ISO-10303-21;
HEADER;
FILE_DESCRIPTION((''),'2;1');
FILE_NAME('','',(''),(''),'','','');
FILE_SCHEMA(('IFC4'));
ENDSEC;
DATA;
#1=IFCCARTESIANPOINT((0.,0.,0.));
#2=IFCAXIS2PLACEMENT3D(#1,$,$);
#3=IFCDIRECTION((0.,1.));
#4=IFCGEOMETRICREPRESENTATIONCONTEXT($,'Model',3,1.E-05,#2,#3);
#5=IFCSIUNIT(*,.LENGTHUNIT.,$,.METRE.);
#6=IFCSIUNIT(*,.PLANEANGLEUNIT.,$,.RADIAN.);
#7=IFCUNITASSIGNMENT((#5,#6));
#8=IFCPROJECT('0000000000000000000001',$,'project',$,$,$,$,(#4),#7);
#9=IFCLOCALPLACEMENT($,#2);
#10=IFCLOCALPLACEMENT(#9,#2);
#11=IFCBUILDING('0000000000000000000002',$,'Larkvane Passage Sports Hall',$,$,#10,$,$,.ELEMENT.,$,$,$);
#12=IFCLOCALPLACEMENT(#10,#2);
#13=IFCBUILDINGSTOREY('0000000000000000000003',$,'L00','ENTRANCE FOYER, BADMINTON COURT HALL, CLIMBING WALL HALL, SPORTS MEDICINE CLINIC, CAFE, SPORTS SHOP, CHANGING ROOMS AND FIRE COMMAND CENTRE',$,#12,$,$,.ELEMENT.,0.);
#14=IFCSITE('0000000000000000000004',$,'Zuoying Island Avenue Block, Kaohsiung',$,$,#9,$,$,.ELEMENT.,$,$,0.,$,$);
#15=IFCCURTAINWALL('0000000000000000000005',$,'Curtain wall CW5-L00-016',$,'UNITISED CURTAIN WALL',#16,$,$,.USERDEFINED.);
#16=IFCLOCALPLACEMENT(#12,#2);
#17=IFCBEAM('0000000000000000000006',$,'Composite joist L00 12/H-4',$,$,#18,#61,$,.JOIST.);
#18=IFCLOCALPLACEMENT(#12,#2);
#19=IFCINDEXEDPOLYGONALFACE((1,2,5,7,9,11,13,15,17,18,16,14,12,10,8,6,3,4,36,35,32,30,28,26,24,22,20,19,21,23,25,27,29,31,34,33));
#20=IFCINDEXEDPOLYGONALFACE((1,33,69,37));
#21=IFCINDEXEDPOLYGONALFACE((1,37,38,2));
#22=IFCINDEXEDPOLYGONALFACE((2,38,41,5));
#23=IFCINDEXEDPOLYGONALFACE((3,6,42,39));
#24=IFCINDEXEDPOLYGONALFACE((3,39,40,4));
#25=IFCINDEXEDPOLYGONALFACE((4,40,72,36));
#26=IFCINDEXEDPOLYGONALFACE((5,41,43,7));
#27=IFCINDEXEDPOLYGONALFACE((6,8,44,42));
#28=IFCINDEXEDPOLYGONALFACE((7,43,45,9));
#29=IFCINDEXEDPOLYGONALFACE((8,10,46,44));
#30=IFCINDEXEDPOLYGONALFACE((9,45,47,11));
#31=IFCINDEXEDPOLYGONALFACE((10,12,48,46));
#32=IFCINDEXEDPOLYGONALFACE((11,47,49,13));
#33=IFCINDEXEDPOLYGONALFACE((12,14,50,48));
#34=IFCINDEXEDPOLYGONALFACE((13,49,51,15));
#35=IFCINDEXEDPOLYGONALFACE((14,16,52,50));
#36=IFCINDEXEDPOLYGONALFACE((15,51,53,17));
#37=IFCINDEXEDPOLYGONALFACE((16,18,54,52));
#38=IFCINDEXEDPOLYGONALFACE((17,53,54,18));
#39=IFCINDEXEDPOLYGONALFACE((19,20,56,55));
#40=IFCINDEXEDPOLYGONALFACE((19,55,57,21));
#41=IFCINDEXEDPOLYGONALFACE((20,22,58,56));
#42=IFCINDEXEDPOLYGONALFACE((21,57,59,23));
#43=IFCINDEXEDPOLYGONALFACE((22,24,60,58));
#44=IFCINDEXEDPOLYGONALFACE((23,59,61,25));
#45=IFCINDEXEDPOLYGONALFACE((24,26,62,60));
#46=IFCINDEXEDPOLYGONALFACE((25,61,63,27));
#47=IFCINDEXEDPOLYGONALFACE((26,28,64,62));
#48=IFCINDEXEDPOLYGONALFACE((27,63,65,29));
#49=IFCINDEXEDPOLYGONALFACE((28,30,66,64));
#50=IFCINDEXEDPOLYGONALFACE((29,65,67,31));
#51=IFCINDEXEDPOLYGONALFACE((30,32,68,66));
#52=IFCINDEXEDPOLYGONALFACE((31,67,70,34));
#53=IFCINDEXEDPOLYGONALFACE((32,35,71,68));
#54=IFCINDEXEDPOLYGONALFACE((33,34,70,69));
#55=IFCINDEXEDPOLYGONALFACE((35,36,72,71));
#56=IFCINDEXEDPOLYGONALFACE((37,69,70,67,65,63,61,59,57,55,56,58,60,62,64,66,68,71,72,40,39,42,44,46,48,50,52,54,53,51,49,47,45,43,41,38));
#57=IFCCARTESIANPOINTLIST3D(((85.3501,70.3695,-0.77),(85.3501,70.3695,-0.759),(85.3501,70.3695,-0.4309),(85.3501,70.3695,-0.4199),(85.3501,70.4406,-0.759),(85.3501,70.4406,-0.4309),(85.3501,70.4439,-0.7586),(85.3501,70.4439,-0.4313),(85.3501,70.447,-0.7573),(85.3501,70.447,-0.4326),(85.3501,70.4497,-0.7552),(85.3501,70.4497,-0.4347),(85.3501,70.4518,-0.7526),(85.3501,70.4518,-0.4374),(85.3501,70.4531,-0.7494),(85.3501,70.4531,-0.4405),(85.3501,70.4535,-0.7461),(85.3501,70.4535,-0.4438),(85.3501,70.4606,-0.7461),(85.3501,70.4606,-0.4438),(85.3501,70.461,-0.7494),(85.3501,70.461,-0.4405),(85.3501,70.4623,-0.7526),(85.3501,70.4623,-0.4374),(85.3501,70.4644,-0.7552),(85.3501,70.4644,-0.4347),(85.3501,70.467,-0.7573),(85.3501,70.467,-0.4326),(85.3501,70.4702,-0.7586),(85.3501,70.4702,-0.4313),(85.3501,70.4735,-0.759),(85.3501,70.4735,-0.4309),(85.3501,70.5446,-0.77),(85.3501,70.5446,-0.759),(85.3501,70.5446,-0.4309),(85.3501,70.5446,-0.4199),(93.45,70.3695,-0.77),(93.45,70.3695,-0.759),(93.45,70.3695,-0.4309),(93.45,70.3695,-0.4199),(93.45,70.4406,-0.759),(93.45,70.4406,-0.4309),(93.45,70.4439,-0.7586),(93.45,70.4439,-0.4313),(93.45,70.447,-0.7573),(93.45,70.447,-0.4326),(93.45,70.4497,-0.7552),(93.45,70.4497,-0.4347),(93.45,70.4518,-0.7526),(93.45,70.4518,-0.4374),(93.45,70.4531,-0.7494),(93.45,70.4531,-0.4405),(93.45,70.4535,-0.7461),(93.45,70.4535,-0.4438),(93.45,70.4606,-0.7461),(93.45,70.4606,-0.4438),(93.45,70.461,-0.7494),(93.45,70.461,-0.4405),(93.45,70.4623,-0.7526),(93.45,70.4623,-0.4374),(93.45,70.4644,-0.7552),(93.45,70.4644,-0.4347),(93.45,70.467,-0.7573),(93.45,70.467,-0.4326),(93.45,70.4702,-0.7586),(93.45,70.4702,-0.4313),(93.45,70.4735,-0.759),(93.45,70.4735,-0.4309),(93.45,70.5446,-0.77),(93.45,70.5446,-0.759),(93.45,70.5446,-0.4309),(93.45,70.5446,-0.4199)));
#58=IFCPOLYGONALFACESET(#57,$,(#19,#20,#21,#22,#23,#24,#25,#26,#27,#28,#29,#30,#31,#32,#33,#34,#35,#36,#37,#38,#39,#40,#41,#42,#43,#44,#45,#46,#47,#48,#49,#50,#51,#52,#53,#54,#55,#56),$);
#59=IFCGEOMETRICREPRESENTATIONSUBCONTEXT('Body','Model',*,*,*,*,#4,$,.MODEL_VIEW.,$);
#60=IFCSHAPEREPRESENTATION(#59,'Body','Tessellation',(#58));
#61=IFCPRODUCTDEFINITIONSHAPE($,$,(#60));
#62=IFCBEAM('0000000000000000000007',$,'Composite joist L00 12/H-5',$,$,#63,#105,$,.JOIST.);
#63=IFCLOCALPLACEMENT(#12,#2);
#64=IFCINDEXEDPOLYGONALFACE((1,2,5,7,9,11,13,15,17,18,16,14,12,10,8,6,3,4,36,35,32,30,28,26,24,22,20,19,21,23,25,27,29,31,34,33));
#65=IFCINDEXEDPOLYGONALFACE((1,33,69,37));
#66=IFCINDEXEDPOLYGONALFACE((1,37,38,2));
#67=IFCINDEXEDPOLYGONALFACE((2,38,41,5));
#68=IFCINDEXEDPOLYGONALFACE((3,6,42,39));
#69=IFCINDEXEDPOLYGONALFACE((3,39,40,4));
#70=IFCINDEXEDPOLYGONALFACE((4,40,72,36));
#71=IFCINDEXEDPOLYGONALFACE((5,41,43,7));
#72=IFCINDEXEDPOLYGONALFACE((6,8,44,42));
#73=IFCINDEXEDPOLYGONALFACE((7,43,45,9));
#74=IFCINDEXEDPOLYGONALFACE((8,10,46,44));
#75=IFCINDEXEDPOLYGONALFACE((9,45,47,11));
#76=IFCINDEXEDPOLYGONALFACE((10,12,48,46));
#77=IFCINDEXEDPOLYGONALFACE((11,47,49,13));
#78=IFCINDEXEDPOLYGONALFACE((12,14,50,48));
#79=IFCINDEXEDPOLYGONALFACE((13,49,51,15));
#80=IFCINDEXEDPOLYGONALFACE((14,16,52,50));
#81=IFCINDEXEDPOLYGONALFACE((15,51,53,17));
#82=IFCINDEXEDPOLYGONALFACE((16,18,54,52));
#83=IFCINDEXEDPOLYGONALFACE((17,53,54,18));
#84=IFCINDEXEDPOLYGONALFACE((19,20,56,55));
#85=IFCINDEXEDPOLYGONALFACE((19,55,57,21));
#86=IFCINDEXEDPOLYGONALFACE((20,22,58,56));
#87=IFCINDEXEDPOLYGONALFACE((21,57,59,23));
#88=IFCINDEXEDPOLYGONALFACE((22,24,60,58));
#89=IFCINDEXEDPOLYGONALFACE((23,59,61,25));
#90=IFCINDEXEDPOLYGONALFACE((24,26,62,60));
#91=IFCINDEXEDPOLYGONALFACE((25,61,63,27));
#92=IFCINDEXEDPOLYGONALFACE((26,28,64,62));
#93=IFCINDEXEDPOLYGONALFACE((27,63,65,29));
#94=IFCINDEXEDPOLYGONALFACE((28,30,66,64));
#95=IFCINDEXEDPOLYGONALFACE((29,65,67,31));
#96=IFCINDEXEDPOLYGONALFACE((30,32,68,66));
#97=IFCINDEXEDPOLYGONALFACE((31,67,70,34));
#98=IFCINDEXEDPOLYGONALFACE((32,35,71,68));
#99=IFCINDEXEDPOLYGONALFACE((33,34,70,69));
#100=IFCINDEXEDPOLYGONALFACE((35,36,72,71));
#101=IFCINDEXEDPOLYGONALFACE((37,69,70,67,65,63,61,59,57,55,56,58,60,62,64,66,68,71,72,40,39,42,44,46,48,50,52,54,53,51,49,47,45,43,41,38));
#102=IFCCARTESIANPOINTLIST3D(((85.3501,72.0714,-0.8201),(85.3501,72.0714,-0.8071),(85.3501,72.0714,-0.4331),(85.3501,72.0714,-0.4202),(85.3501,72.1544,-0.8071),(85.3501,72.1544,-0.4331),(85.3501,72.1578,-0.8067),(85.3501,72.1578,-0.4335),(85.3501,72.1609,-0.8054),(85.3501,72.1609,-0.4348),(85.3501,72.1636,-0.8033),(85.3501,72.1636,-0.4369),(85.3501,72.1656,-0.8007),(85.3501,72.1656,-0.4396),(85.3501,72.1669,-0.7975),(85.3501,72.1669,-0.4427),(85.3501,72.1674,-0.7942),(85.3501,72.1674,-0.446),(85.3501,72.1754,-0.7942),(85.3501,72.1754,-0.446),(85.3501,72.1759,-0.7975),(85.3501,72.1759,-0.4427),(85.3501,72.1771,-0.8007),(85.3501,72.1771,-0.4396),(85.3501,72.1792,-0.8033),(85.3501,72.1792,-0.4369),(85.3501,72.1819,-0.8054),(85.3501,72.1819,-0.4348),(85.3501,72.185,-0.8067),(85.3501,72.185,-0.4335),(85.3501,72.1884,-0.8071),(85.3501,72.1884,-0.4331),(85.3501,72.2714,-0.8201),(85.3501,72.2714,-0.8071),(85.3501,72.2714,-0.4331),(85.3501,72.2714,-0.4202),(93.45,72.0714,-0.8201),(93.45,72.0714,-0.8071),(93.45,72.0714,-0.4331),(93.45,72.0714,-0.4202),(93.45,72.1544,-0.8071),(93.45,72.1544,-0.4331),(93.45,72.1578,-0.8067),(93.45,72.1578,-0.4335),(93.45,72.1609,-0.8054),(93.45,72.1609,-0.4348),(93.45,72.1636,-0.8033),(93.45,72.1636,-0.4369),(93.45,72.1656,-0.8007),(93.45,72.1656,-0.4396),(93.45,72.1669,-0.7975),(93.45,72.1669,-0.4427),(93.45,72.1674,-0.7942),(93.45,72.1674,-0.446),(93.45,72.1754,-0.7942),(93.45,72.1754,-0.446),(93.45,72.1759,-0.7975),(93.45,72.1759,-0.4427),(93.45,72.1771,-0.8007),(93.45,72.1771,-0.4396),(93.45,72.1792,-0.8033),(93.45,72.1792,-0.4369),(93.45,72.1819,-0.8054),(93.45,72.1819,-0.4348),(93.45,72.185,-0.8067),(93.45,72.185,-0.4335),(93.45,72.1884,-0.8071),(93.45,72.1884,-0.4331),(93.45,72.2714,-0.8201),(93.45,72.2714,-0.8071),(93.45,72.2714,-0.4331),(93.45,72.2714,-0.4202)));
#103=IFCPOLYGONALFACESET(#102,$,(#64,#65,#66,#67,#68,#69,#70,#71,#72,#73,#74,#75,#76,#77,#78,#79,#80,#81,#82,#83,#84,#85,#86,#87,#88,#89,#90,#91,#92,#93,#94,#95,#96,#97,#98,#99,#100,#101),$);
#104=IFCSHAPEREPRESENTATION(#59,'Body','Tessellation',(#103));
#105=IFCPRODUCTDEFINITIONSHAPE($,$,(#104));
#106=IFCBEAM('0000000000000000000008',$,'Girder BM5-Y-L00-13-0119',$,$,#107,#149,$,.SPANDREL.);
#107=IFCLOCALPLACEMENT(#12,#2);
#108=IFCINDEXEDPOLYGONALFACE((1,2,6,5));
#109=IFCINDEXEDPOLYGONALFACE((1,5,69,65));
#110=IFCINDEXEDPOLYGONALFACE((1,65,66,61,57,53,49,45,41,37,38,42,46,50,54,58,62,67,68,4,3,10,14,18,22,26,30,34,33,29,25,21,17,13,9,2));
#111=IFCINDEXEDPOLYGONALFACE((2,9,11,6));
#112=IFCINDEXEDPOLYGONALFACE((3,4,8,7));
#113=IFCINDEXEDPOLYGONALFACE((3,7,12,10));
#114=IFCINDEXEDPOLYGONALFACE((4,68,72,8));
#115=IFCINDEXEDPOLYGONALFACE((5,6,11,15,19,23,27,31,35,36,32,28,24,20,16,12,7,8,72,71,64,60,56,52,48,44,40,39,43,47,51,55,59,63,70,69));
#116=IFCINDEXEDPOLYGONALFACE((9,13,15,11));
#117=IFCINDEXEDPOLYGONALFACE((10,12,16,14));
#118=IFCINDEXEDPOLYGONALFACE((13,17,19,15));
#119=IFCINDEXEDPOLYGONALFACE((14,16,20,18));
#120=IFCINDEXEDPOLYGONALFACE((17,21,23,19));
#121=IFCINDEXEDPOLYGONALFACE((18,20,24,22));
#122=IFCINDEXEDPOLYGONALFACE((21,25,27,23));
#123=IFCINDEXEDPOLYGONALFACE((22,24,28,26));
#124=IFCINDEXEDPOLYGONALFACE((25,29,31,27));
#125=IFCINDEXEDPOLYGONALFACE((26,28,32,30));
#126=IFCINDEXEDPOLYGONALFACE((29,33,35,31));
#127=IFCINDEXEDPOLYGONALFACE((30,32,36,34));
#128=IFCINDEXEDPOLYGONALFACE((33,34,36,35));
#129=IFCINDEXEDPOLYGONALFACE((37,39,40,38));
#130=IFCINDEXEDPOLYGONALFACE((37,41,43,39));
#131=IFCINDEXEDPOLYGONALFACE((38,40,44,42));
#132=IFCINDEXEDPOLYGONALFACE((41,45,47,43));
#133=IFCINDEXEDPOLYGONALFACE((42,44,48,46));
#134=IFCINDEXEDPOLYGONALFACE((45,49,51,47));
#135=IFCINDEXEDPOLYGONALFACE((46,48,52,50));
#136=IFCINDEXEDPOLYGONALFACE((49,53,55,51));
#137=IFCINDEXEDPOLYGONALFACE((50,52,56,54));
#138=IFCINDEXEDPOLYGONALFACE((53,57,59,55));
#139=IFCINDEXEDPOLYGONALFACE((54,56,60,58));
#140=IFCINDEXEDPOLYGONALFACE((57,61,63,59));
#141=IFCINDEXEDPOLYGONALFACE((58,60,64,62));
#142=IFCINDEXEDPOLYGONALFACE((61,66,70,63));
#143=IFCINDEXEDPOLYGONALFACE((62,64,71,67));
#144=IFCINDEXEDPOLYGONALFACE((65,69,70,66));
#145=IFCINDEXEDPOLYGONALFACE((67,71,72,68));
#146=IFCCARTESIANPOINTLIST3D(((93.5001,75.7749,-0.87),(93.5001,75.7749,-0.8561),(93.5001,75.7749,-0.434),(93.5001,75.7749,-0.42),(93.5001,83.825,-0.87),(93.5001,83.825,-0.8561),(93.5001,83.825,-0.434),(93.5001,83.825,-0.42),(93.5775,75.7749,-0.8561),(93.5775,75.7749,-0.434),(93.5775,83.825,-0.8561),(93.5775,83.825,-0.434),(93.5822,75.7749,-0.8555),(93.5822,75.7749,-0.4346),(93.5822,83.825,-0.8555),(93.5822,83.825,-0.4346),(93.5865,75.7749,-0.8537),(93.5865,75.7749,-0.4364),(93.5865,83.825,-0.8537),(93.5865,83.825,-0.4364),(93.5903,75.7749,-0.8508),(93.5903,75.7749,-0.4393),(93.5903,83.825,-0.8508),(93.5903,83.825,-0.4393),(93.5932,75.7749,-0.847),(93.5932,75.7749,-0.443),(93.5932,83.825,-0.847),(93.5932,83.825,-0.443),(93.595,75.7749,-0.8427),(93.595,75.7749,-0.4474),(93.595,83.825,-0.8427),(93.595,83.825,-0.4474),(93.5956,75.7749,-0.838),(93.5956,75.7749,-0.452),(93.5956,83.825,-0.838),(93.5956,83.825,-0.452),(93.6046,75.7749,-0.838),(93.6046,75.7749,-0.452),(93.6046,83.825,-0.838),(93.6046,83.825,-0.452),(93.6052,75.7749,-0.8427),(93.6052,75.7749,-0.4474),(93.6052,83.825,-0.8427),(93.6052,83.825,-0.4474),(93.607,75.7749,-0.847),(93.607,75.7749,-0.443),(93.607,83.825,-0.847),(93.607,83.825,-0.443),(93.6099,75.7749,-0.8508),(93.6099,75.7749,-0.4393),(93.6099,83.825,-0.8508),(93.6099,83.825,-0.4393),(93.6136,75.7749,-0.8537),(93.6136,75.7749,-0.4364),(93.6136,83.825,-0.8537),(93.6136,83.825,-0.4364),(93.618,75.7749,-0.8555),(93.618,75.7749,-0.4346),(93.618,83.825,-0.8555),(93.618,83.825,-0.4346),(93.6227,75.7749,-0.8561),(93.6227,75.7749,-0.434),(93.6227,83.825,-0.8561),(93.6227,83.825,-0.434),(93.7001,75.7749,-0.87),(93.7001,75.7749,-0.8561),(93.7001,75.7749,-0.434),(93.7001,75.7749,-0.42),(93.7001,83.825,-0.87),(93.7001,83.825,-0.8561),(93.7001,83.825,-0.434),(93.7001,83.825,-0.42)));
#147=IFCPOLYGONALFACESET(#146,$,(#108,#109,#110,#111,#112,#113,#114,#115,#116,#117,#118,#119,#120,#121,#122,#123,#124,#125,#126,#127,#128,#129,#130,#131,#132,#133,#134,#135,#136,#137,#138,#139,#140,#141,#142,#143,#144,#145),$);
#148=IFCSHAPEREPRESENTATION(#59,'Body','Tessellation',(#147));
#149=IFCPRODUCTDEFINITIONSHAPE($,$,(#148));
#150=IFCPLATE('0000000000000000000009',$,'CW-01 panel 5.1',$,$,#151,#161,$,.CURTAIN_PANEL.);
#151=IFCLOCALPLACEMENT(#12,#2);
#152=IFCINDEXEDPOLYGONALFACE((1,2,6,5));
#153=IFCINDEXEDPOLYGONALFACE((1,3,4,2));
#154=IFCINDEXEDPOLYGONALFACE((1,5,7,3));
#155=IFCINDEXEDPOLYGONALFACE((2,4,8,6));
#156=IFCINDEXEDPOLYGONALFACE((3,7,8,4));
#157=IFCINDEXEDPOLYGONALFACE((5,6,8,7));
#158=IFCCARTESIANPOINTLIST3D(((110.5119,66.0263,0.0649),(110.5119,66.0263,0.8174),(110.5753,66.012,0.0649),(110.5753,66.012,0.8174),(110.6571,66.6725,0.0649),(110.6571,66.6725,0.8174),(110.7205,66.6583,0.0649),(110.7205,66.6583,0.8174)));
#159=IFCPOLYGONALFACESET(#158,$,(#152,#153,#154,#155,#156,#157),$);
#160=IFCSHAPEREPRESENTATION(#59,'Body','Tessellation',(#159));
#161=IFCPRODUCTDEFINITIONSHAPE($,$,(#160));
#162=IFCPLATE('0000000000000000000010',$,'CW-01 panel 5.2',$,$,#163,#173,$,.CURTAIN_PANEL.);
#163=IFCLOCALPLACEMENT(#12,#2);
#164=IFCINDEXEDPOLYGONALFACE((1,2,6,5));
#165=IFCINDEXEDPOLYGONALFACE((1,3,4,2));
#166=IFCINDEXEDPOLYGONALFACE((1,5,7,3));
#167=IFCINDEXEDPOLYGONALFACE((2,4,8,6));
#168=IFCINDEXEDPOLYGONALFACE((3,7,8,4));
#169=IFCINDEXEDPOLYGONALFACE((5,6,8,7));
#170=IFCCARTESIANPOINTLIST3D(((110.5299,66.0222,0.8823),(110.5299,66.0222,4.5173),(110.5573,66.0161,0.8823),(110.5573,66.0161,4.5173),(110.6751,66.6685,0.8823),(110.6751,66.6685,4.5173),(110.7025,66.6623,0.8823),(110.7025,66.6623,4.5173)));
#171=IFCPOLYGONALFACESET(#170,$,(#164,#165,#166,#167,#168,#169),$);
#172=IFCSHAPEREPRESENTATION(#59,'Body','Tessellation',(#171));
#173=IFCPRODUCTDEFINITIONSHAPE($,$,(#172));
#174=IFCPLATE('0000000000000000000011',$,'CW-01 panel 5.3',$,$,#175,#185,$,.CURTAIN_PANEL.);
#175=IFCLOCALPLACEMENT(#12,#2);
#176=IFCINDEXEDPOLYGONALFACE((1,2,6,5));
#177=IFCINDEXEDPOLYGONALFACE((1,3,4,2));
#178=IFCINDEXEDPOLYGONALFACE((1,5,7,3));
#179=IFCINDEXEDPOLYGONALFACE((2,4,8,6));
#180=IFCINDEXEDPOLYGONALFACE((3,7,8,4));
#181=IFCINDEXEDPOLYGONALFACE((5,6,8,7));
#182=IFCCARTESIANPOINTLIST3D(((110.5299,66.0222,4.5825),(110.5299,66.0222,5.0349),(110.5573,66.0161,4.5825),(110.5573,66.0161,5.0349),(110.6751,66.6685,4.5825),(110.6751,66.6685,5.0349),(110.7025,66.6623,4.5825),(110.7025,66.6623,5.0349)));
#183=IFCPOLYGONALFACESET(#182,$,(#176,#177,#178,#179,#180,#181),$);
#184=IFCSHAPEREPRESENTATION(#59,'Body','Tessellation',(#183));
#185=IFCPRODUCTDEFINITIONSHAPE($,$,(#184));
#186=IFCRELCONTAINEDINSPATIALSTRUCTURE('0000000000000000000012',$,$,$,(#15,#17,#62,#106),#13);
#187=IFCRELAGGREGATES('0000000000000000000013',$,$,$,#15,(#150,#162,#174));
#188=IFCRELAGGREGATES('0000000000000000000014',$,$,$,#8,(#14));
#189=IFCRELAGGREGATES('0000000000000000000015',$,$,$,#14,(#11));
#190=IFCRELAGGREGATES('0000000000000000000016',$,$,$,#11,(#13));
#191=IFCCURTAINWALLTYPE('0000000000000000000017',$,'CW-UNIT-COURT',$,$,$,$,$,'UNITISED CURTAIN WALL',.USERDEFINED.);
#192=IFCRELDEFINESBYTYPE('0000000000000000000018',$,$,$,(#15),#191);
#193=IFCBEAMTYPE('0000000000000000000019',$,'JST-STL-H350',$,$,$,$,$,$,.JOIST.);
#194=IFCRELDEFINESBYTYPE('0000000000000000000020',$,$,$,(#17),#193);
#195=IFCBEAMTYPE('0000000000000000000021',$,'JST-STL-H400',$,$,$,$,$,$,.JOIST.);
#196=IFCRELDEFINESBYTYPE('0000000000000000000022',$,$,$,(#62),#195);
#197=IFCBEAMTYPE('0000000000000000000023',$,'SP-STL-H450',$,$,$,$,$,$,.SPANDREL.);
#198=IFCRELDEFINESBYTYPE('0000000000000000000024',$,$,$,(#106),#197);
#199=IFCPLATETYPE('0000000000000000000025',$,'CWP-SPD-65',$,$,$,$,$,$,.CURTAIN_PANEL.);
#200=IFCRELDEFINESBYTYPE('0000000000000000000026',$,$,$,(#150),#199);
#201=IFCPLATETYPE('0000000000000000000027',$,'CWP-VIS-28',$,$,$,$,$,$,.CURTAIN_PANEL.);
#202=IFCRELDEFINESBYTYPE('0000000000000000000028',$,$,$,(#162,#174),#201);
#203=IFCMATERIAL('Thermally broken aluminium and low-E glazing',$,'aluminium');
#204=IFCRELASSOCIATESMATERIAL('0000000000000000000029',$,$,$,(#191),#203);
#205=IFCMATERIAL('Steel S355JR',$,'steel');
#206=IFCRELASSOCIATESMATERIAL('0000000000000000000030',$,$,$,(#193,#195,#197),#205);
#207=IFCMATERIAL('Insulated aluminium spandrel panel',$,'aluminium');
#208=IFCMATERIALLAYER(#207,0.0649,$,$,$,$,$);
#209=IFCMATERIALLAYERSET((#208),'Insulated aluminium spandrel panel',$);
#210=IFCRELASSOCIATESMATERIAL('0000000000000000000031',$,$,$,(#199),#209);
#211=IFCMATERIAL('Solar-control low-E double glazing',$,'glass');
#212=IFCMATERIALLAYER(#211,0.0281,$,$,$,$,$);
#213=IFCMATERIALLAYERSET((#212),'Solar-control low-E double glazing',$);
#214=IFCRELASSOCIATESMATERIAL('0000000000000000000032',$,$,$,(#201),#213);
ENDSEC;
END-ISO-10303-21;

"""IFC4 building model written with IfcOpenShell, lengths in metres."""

from ifc_helpers import new_model, si_unit, direction, frame, origin, origin_2d, place, context, subcontext, project, spatial, rectangle, i_section, extrude, material, layer, layer_set, material_profile, profile_set, type_object, element, aggregate, save


model = new_model("IFC4")

# Units and contexts
model_context = context("Model", 3, precision=1e-05, world=origin(), true_north=direction((0.0, 1.0)))
body_context = subcontext(model_context, "Body", "Model", "MODEL_VIEW")
ifc_project = project(units=[si_unit("LENGTHUNIT", "METRE"), si_unit("PLANEANGLEUNIT", "RADIAN")], contexts=[model_context])

# Site, building, storey
site_placement = place(None, origin())
site = spatial("IfcSite", under=ifc_project, at=site_placement, Name="Zuoying Island Avenue Block, Kaohsiung", CompositionType="ELEMENT", RefElevation=0.0)
building_placement = place(site_placement, origin())
building = spatial("IfcBuilding", under=site, at=building_placement, Name="Larkvane Passage Sports Hall", CompositionType="ELEMENT")
storey_placement = place(building_placement, origin())
storey = spatial("IfcBuildingStorey", under=building, at=storey_placement, Name="L00", Description="ENTRANCE FOYER, BADMINTON COURT HALL, CLIMBING WALL HALL, SPORTS MEDICINE CLINIC, CAFE, SPORTS SHOP, CHANGING ROOMS AND FIRE COMMAND CENTRE", CompositionType="ELEMENT", Elevation=0.0)

# Shared definitions
ifc_material_1 = material(Name="Steel S355JR", Category="steel")

# Curtain wall
ifc_material_2 = material(Name="Thermally broken aluminium and low-E glazing", Category="aluminium")
curtain_wall_type = type_object("IfcCurtainWallType", Name="CW-UNIT-COURT", ElementType="UNITISED CURTAIN WALL", PredefinedType="USERDEFINED", material=ifc_material_2)
curtain_wall_placement = place(storey_placement, origin())
curtain_wall = element("IfcCurtainWall", 1, at=curtain_wall_placement, inside=storey, type_object=curtain_wall_type, Name="Curtain wall CW5-L00-016", ObjectType="UNITISED CURTAIN WALL", PredefinedType="USERDEFINED")

# Beams
ifc_material_profile_1 = material_profile(ifc_material_1, i_section(OverallWidth=0.175, OverallDepth=0.3501, WebThickness=0.0071, FlangeThickness=0.011, FilletRadius=0.0129, at=origin_2d()), Name="H-350x175x7x11")
ifc_profile_set_1 = profile_set([ifc_material_profile_1], Name="Steel S355JR")
beam_type_1 = type_object("IfcBeamType", Name="JST-STL-H350", PredefinedType="JOIST", material=ifc_profile_set_1)
beam_1_placement = place(storey_placement, frame((85.3501, 70.457, -0.595), z_axis=(1.0, 0.0, 0.0), x_axis=(0.0, 1.0, 0.0)))
element("IfcBeam", 2, at=beam_1_placement, inside=storey, type_object=beam_type_1, Name="Composite joist L00 12/H-4", PredefinedType="JOIST", context=body_context, shape_type="SweptSolid", body=[
    extrude(i_section(OverallWidth=0.175, OverallDepth=0.3501, WebThickness=0.0071, FlangeThickness=0.011, FilletRadius=0.0129, at=origin_2d()), origin(), (0.0, 0.0, 1.0), 8.0999),
])
ifc_material_profile_2 = material_profile(ifc_material_1, i_section(OverallWidth=0.2, OverallDepth=0.3999, WebThickness=0.0081, FlangeThickness=0.0129, FilletRadius=0.0129, at=origin_2d()), Name="H-400x200x8x13")
ifc_profile_set_2 = profile_set([ifc_material_profile_2], Name="Steel S355JR")
beam_type_2 = type_object("IfcBeamType", Name="JST-STL-H400", PredefinedType="JOIST", material=ifc_profile_set_2)
beam_2_placement = place(storey_placement, frame((85.3501, 72.1714, -0.6201), z_axis=(1.0, 0.0, 0.0), x_axis=(0.0, 1.0, 0.0)))
element("IfcBeam", 3, at=beam_2_placement, inside=storey, type_object=beam_type_2, Name="Composite joist L00 12/H-5", PredefinedType="JOIST", context=body_context, shape_type="SweptSolid", body=[
    extrude(i_section(OverallWidth=0.2, OverallDepth=0.3999, WebThickness=0.0081, FlangeThickness=0.0129, FilletRadius=0.0129, at=origin_2d()), origin(), (0.0, 0.0, 1.0), 8.0999),
])
ifc_material_profile_3 = material_profile(ifc_material_1, i_section(OverallWidth=0.2, OverallDepth=0.45, WebThickness=0.009, FlangeThickness=0.0139, FilletRadius=0.0181, at=origin_2d()), Name="H-450x200x9x14")
ifc_profile_set_3 = profile_set([ifc_material_profile_3], Name="Steel S355JR")
beam_type_3 = type_object("IfcBeamType", Name="SP-STL-H450", PredefinedType="SPANDREL", material=ifc_profile_set_3)
beam_3_placement = place(storey_placement, frame((93.6001, 75.7749, -0.645), z_axis=(0.0, 1.0, 0.0), x_axis=(-1.0, 0.0, 0.0)))
element("IfcBeam", 4, at=beam_3_placement, inside=storey, type_object=beam_type_3, Name="Girder BM5-Y-L00-13-0119", PredefinedType="SPANDREL", context=body_context, shape_type="SweptSolid", body=[
    extrude(i_section(OverallWidth=0.2, OverallDepth=0.45, WebThickness=0.009, FlangeThickness=0.0139, FilletRadius=0.0181, at=origin_2d()), origin(), (0.0, 0.0, 1.0), 8.05),
])

# Plates
ifc_material_3 = material(Name="Insulated aluminium spandrel panel", Category="aluminium")
ifc_layer_1 = layer(ifc_material_3, 0.0649)
ifc_layer_set_1 = layer_set([ifc_layer_1], Name="Insulated aluminium spandrel panel")
plate_type_1 = type_object("IfcPlateType", Name="CWP-SPD-65", PredefinedType="CURTAIN_PANEL", material=ifc_layer_set_1)
plate_1_placement = place(storey_placement, frame((110.6162, 66.3423, 0.0649), z_axis=(0.0, 0.0, 1.0), x_axis=(-0.219261, -0.975666, 0.0)))
plate_1 = element("IfcPlate", 5, at=plate_1_placement, type_object=plate_type_1, Name="CW-01 panel 5.1", PredefinedType="CURTAIN_PANEL", context=body_context, shape_type="SweptSolid", body=[
    extrude(rectangle(XDim=0.6624, YDim=0.0649, at=origin_2d()), origin(), (0.0, 0.0, 1.0), 0.7524),
])
ifc_material_4 = material(Name="Solar-control low-E double glazing", Category="glass")
ifc_layer_2 = layer(ifc_material_4, 0.0281)
ifc_layer_set_2 = layer_set([ifc_layer_2], Name="Solar-control low-E double glazing")
plate_type_2 = type_object("IfcPlateType", Name="CWP-VIS-28", PredefinedType="CURTAIN_PANEL", material=ifc_layer_set_2)
plate_2_placement = place(storey_placement, frame((110.6162, 66.3423, 0.8823), z_axis=(0.0, 0.0, 1.0), x_axis=(-0.219261, -0.975666, 0.0)))
plate_2 = element("IfcPlate", 6, at=plate_2_placement, type_object=plate_type_2, Name="CW-01 panel 5.2", PredefinedType="CURTAIN_PANEL", context=body_context, shape_type="SweptSolid", body=[
    extrude(rectangle(XDim=0.6624, YDim=0.0281, at=origin_2d()), origin(), (0.0, 0.0, 1.0), 3.635),
])
plate_3_placement = place(storey_placement, frame((110.6162, 66.3423, 4.5825), z_axis=(0.0, 0.0, 1.0), x_axis=(-0.219261, -0.975666, 0.0)))
plate_3 = element("IfcPlate", 7, at=plate_3_placement, type_object=plate_type_2, Name="CW-01 panel 5.3", PredefinedType="CURTAIN_PANEL", context=body_context, shape_type="SweptSolid", body=[
    extrude(rectangle(XDim=0.6624, YDim=0.0281, at=origin_2d()), origin(), (0.0, 0.0, 1.0), 0.4524),
])
aggregate(curtain_wall, [plate_1, plate_2, plate_3])

save(model, "model.ifc")
